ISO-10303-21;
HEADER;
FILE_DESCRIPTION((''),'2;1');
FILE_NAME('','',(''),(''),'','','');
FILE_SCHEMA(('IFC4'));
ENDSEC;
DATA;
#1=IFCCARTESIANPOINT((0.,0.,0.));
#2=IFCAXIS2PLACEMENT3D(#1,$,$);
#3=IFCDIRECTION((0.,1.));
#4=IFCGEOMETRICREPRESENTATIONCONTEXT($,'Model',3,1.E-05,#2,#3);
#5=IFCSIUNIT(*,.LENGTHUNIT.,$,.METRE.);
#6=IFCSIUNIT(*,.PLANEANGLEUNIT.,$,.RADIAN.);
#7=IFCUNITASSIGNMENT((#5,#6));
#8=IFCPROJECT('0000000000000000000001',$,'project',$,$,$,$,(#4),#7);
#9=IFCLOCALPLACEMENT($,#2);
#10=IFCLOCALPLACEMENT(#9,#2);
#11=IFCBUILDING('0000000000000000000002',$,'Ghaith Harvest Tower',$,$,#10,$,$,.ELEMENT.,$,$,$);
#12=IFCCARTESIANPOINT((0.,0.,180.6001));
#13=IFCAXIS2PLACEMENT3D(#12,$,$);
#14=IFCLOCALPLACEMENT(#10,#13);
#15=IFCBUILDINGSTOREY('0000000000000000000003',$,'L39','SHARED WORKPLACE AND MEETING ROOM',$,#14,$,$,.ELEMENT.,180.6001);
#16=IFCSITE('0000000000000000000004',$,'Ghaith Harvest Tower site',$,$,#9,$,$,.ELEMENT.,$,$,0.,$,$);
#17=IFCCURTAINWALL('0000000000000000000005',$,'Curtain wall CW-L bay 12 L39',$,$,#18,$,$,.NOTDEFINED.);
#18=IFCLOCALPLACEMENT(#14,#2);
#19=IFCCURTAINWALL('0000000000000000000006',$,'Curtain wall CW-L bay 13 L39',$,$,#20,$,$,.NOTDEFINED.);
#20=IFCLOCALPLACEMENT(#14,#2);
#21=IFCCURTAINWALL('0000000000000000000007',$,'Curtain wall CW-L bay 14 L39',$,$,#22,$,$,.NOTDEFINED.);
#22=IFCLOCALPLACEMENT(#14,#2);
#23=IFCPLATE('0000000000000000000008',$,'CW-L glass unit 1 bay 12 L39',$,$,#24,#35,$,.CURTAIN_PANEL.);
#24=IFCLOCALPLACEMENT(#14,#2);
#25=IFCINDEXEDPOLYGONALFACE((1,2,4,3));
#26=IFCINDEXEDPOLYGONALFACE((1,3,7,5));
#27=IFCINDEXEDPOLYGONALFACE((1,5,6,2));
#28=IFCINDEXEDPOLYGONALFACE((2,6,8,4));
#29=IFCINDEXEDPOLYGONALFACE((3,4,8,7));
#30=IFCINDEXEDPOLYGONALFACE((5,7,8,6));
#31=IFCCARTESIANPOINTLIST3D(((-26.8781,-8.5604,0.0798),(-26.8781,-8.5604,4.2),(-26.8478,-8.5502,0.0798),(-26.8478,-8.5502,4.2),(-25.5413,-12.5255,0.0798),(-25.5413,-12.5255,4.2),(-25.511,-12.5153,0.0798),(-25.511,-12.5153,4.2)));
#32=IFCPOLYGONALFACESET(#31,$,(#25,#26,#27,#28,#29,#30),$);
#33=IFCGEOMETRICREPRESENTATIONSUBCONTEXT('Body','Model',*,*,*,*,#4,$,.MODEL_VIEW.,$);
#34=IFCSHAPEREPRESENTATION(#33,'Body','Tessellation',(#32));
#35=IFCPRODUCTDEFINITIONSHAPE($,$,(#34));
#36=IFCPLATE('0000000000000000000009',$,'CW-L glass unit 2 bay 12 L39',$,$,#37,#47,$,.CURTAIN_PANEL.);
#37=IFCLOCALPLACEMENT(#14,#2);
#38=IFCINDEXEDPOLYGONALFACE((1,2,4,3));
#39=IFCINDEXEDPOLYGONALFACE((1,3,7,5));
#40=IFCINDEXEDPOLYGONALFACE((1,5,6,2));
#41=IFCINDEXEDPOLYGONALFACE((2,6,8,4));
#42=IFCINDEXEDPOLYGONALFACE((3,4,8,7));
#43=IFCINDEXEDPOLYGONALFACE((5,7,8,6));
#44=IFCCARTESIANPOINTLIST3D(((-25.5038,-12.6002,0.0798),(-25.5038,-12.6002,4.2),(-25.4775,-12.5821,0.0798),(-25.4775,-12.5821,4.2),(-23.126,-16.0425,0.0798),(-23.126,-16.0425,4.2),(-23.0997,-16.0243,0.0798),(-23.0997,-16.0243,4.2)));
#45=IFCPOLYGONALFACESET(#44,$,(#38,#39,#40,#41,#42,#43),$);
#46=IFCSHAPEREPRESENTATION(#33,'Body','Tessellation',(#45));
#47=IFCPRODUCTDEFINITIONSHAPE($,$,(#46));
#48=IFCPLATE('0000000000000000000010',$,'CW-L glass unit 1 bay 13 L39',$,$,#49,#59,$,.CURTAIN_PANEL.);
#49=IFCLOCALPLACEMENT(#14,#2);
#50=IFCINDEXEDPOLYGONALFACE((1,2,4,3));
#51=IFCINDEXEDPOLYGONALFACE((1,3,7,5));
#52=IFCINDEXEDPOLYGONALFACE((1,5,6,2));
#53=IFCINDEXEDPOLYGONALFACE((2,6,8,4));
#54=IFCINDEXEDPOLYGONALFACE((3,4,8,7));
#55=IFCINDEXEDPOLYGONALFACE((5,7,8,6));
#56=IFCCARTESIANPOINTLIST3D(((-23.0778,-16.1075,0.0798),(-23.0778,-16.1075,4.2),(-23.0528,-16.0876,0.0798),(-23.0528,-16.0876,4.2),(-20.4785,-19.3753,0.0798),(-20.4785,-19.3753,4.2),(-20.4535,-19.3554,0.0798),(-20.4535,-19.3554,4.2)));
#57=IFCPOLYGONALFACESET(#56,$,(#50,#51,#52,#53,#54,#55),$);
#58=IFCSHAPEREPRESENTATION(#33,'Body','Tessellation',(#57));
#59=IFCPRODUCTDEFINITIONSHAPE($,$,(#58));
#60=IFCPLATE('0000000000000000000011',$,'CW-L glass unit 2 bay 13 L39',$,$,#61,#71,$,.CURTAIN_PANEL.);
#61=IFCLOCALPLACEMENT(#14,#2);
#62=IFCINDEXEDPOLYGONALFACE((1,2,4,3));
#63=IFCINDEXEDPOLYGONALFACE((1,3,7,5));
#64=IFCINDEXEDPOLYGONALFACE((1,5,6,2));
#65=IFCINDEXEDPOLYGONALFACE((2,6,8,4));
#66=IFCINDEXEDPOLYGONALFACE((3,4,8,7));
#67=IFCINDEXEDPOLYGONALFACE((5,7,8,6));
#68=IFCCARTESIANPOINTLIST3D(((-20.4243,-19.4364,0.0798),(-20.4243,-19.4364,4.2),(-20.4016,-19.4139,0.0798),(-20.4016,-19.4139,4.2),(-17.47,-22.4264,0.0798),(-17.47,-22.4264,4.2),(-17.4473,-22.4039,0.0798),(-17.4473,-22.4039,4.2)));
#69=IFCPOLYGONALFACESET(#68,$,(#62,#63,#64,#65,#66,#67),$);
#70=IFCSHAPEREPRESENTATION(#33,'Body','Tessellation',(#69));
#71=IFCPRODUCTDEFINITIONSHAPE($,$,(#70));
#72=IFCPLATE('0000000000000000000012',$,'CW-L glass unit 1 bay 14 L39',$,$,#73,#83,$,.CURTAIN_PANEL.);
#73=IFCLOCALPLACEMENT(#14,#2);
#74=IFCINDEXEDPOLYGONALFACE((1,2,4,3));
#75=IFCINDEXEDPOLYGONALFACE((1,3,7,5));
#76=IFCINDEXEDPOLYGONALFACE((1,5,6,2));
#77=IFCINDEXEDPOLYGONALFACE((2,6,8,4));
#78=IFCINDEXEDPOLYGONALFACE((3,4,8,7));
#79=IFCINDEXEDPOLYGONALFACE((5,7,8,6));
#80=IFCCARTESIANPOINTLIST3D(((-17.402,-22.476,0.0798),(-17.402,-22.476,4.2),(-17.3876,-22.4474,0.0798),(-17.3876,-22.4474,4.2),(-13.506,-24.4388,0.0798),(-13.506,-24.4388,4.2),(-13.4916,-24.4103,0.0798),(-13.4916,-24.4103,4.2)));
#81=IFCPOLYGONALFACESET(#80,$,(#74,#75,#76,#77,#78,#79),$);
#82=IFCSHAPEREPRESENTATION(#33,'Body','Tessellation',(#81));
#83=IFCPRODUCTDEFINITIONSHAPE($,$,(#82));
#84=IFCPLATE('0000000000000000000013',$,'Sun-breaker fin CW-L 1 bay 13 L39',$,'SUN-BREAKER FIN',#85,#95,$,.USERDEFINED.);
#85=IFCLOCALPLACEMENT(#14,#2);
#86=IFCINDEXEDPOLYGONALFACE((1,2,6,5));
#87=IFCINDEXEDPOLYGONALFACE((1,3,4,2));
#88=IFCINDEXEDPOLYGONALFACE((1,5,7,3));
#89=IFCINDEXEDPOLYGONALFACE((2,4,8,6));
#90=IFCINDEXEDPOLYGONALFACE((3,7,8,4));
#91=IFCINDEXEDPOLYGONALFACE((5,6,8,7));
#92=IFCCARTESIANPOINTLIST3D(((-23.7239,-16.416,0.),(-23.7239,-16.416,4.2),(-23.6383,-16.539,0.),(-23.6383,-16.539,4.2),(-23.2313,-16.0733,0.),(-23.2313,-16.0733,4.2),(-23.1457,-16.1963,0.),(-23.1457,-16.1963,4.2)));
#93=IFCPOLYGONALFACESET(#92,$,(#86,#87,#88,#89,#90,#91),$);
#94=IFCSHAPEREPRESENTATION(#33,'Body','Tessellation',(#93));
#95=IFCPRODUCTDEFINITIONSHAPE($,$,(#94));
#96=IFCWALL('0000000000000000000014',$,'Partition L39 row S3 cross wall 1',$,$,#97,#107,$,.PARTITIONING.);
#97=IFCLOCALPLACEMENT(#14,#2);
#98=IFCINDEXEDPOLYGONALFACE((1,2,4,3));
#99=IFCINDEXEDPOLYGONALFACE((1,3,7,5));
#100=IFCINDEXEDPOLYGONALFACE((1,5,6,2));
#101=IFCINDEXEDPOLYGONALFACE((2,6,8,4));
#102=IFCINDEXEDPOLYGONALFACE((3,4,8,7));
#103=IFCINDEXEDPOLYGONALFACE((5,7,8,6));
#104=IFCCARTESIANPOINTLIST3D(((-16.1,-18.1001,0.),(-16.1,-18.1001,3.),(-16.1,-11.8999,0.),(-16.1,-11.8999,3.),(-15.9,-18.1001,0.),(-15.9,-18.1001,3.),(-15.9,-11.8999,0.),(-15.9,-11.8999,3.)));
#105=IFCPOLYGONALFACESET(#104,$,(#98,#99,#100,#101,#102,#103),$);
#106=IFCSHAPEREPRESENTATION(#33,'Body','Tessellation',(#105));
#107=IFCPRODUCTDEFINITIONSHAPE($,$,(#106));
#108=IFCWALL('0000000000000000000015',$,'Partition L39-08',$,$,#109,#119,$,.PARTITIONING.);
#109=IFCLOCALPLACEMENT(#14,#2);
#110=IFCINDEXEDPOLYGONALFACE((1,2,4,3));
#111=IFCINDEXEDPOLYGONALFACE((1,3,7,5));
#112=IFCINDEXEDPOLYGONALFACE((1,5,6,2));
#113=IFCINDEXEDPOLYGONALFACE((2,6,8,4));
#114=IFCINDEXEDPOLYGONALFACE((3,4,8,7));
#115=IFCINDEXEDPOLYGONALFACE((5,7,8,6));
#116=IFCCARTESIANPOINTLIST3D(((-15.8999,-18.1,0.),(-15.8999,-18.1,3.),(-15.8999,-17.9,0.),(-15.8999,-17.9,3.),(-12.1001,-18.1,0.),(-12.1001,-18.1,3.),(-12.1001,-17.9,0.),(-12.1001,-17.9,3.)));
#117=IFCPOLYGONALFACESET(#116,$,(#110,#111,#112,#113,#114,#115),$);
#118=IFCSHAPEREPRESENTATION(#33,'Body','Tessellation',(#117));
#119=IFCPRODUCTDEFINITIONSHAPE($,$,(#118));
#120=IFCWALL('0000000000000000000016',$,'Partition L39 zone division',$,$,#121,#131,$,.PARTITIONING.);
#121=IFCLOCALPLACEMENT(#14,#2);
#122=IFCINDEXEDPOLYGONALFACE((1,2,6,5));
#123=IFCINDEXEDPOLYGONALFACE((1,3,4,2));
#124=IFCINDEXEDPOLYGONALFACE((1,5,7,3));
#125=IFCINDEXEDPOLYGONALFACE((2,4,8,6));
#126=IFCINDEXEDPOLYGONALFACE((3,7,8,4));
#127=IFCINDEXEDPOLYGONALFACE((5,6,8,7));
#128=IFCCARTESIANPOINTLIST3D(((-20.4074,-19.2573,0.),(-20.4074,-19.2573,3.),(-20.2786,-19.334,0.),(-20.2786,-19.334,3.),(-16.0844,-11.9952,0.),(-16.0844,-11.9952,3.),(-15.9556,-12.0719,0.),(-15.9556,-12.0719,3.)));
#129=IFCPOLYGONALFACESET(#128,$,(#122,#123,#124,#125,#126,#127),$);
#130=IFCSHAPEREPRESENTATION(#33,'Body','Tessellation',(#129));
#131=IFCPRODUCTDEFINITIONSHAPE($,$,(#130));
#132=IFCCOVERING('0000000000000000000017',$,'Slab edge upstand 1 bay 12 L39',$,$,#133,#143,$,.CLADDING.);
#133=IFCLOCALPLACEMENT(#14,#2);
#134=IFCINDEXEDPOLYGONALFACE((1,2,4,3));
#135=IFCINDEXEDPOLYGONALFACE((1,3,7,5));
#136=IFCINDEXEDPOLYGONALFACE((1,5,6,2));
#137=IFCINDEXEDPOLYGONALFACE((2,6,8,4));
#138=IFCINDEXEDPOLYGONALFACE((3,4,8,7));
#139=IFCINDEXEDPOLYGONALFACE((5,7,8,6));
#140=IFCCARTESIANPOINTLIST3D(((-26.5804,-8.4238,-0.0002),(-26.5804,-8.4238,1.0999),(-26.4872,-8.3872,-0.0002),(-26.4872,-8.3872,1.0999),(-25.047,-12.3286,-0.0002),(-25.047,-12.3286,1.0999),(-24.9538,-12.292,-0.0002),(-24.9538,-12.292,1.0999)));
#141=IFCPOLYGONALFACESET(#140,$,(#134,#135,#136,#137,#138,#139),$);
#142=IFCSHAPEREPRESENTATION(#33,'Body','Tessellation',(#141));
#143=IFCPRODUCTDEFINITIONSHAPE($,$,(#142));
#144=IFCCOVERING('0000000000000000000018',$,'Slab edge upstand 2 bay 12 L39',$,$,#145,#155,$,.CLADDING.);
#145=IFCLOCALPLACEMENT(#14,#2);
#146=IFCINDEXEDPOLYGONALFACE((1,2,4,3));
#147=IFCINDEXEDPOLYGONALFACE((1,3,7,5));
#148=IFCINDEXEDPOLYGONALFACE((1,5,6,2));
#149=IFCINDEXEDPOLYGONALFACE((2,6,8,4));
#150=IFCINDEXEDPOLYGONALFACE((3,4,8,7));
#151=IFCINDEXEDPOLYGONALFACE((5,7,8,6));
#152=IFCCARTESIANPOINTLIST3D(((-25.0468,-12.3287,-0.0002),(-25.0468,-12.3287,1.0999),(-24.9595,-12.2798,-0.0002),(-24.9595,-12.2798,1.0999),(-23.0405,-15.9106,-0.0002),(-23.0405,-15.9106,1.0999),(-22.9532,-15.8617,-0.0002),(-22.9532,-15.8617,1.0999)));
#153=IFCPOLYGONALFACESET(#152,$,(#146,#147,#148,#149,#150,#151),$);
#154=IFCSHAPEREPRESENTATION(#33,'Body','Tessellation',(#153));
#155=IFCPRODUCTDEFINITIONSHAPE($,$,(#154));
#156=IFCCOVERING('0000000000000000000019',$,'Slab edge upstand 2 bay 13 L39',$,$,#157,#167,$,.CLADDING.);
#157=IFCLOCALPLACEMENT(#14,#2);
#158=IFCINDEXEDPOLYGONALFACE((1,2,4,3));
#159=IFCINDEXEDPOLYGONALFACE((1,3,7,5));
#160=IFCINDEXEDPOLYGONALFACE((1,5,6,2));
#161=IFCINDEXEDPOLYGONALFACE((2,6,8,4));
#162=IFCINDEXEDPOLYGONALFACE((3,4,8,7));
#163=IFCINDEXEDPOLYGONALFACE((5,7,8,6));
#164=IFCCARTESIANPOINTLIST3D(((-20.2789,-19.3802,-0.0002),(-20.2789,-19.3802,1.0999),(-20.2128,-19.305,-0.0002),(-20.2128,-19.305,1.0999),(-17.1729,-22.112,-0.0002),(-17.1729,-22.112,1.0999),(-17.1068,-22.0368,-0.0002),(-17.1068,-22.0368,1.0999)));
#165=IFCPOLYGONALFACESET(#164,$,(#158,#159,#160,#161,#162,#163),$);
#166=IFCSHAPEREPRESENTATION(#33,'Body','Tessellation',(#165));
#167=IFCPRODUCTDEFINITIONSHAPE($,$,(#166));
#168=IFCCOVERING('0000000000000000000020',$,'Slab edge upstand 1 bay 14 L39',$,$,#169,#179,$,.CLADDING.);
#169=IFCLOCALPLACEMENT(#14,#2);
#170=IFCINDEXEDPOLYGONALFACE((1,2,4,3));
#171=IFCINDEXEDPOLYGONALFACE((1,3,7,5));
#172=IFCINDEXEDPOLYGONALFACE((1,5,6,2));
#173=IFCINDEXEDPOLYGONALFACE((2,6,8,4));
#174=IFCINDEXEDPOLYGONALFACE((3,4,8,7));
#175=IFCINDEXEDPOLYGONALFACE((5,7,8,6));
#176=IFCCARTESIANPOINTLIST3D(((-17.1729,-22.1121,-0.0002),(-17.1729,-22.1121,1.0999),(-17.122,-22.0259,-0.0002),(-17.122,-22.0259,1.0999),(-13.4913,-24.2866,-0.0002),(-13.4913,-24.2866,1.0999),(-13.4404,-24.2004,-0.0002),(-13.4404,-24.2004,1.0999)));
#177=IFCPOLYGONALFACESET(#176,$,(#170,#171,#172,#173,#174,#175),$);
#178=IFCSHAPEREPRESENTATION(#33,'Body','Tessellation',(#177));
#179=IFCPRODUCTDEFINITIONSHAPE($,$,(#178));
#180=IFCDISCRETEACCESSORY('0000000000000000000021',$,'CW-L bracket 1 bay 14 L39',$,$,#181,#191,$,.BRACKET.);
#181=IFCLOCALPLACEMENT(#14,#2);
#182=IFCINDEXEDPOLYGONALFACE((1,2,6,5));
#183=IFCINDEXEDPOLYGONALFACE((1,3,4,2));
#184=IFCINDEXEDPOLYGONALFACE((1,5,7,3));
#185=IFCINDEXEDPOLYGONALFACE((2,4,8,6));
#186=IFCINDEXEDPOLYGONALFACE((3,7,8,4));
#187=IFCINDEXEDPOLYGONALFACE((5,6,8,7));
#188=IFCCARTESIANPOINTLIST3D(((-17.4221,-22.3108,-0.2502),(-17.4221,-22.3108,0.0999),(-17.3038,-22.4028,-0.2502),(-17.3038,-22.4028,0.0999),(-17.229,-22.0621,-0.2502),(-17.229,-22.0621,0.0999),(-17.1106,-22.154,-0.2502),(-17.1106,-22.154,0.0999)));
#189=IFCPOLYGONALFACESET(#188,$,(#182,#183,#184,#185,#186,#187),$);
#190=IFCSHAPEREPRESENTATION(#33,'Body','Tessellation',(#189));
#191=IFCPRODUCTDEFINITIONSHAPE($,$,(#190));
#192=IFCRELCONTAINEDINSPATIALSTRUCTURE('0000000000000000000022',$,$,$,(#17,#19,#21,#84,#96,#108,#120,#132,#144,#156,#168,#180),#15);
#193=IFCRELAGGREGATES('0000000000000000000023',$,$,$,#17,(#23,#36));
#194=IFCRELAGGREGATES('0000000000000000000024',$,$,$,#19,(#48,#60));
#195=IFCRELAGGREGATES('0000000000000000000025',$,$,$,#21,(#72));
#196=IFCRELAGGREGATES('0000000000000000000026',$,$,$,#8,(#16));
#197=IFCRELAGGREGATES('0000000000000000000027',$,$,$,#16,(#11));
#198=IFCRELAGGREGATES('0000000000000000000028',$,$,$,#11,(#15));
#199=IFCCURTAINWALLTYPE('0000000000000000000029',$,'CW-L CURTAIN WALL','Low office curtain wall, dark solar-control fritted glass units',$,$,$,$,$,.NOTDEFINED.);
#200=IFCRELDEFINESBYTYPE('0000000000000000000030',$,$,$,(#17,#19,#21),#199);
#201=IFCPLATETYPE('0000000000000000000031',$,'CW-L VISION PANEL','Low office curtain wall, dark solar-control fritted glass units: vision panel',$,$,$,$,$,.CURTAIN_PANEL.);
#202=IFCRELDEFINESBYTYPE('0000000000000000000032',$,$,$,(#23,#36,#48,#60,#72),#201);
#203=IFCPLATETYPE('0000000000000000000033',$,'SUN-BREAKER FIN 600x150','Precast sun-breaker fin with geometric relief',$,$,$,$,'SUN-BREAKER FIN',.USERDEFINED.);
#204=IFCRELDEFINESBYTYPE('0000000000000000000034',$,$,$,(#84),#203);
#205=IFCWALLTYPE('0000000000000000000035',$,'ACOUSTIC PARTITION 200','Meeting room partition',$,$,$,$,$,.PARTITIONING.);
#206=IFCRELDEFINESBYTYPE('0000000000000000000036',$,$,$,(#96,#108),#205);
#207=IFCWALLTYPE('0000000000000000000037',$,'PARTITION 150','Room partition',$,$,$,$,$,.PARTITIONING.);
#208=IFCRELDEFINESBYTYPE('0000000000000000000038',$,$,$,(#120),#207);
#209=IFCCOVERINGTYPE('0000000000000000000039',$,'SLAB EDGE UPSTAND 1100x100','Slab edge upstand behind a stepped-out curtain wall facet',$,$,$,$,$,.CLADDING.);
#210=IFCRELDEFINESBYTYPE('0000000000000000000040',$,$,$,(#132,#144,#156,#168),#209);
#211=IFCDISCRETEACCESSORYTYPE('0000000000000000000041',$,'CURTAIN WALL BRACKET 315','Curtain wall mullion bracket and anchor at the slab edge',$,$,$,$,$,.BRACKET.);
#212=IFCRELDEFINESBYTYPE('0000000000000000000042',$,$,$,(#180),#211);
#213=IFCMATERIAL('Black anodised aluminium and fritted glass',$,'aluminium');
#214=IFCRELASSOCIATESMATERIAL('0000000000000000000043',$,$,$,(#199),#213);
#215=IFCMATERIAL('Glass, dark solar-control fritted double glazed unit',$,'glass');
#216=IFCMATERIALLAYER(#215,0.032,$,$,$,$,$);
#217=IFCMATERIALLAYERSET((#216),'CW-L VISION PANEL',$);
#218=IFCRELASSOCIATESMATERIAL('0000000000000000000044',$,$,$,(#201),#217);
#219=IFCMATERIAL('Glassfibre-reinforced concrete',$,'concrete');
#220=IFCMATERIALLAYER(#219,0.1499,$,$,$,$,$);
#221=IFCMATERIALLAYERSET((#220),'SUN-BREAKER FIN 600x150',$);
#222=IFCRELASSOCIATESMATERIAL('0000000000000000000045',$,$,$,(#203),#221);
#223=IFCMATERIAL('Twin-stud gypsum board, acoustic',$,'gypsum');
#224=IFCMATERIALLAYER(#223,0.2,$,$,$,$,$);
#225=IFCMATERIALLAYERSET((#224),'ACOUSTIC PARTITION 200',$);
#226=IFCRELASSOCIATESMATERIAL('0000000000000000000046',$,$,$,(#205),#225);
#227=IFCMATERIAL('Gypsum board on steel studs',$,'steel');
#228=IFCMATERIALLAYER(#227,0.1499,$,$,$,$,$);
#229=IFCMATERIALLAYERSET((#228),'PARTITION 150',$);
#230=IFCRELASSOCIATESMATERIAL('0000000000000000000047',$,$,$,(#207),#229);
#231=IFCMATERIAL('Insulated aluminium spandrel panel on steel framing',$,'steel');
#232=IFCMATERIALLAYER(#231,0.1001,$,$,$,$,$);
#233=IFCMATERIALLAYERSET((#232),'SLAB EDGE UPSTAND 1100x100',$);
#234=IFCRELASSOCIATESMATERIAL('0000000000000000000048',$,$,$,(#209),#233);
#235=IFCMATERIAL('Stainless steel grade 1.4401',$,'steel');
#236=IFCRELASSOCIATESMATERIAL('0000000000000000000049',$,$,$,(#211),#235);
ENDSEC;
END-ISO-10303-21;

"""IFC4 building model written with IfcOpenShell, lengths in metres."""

from ifc_helpers import new_model, si_unit, direction, frame, frame_2d, origin, origin_2d, place, context, subcontext, project, spatial, rectangle, extrude, material, layer, layer_set, type_object, element, aggregate, save


model = new_model("IFC4")

# Units and contexts
model_context = context("Model", 3, precision=1e-05, world=origin(), true_north=direction((0.0, 1.0)))
body_context = subcontext(model_context, "Body", "Model", "MODEL_VIEW")
ifc_project = project(units=[si_unit("LENGTHUNIT", "METRE"), si_unit("PLANEANGLEUNIT", "RADIAN")], contexts=[model_context])

# Site, building, storey
site_placement = place(None, origin())
site = spatial("IfcSite", under=ifc_project, at=site_placement, Name="Ghaith Harvest Tower site", CompositionType="ELEMENT", RefElevation=0.0)
building_placement = place(site_placement, origin())
building = spatial("IfcBuilding", under=site, at=building_placement, Name="Ghaith Harvest Tower", CompositionType="ELEMENT")
storey_placement = place(building_placement, frame((0.0, 0.0, 180.6001)))
storey = spatial("IfcBuildingStorey", under=building, at=storey_placement, Name="L39", Description="SHARED WORKPLACE AND MEETING ROOM", CompositionType="ELEMENT", Elevation=180.6001)

# Curtain wall
ifc_material_1 = material(Name="Black anodised aluminium and fritted glass", Category="aluminium")
curtain_wall_type = type_object("IfcCurtainWallType", Name="CW-L CURTAIN WALL", Description="Low office curtain wall, dark solar-control fritted glass units", PredefinedType="NOTDEFINED", material=ifc_material_1)
curtain_wall_1_placement = place(storey_placement, origin())
curtain_wall_1 = element("IfcCurtainWall", 1, at=curtain_wall_1_placement, inside=storey, type_object=curtain_wall_type, Name="Curtain wall CW-L bay 12 L39", PredefinedType="NOTDEFINED")

# Curtain wall
curtain_wall_2_placement = place(storey_placement, origin())
curtain_wall_2 = element("IfcCurtainWall", 2, at=curtain_wall_2_placement, inside=storey, type_object=curtain_wall_type, Name="Curtain wall CW-L bay 13 L39", PredefinedType="NOTDEFINED")

# Curtain wall
curtain_wall_3_placement = place(storey_placement, origin())
curtain_wall_3 = element("IfcCurtainWall", 3, at=curtain_wall_3_placement, inside=storey, type_object=curtain_wall_type, Name="Curtain wall CW-L bay 14 L39", PredefinedType="NOTDEFINED")

# Plates
ifc_material_2 = material(Name="Glass, dark solar-control fritted double glazed unit", Category="glass")
ifc_layer_1 = layer(ifc_material_2, 0.032)
ifc_layer_set_1 = layer_set([ifc_layer_1], Name="CW-L VISION PANEL")
plate_type_1 = type_object("IfcPlateType", Name="CW-L VISION PANEL", Description="Low office curtain wall, dark solar-control fritted glass units: vision panel", PredefinedType="CURTAIN_PANEL", material=ifc_layer_set_1)
plate_1_placement = place(storey_placement, frame((-26.1946, -10.5378, 0.0798), z_axis=(0.0, 0.0, 1.0), x_axis=(0.319477, -0.947594, 0.0)))
plate_1 = element("IfcPlate", 4, at=plate_1_placement, type_object=plate_type_1, Name="CW-L glass unit 1 bay 12 L39", PredefinedType="CURTAIN_PANEL", context=body_context, shape_type="SweptSolid", body=[
    extrude(rectangle(XDim=4.1843, YDim=0.032, at=origin_2d()), origin(), (0.0, 0.0, 1.0), 4.1201),
])
plate_2_placement = place(storey_placement, frame((-24.3018, -14.3123, 0.0798), z_axis=(0.0, 0.0, 1.0), x_axis=(0.568348, -0.822788, 0.0)))
plate_2 = element("IfcPlate", 5, at=plate_2_placement, type_object=plate_type_1, Name="CW-L glass unit 2 bay 12 L39", PredefinedType="CURTAIN_PANEL", context=body_context, shape_type="SweptSolid", body=[
    extrude(rectangle(XDim=4.1836, YDim=0.032, at=origin_2d()), origin(), (0.0, 0.0, 1.0), 4.1201),
])
aggregate(curtain_wall_1, [plate_1, plate_2])
plate_3_placement = place(storey_placement, frame((-21.7656, -17.7314, 0.0798), z_axis=(0.0, 0.0, 1.0), x_axis=(0.622507, -0.782614, 0.0)))
plate_3 = element("IfcPlate", 6, at=plate_3_placement, type_object=plate_type_1, Name="CW-L glass unit 1 bay 13 L39", PredefinedType="CURTAIN_PANEL", context=body_context, shape_type="SweptSolid", body=[
    extrude(rectangle(XDim=4.1755, YDim=0.032, at=origin_2d()), origin(), (0.0, 0.0, 1.0), 4.1201),
])
plate_4_placement = place(storey_placement, frame((-18.9358, -20.9202, 0.0798), z_axis=(0.0, 0.0, 1.0), x_axis=(0.702843, -0.711345, 0.0)))
plate_4 = element("IfcPlate", 7, at=plate_4_placement, type_object=plate_type_1, Name="CW-L glass unit 2 bay 13 L39", PredefinedType="CURTAIN_PANEL", context=body_context, shape_type="SweptSolid", body=[
    extrude(rectangle(XDim=4.2034, YDim=0.032, at=origin_2d()), origin(), (0.0, 0.0, 1.0), 4.1201),
])
aggregate(curtain_wall_2, [plate_3, plate_4])
plate_5_placement = place(storey_placement, frame((-15.4468, -23.4431, 0.0798), z_axis=(0.0, 0.0, 1.0), x_axis=(0.893062, -0.449933, 0.0)))
plate_5 = element("IfcPlate", 8, at=plate_5_placement, type_object=plate_type_1, Name="CW-L glass unit 1 bay 14 L39", PredefinedType="CURTAIN_PANEL", context=body_context, shape_type="SweptSolid", body=[
    extrude(rectangle(XDim=4.3625, YDim=0.032, at=origin_2d()), origin(), (0.0, 0.0, 1.0), 4.1201),
])
aggregate(curtain_wall_3, [plate_5])
ifc_material_3 = material(Name="Glassfibre-reinforced concrete", Category="concrete")
ifc_layer_2 = layer(ifc_material_3, 0.1499)
ifc_layer_set_2 = layer_set([ifc_layer_2], Name="SUN-BREAKER FIN 600x150")
plate_type_2 = type_object("IfcPlateType", Name="SUN-BREAKER FIN 600x150", Description="Precast sun-breaker fin with geometric relief", ElementType="SUN-BREAKER FIN", PredefinedType="USERDEFINED", material=ifc_layer_set_2)
plate_6_placement = place(storey_placement, frame((-23.4348, -16.3062, 0.0), z_axis=(0.0, 0.0, 1.0), x_axis=(-0.820845, -0.57115, 0.0)))
element("IfcPlate", 9, at=plate_6_placement, inside=storey, type_object=plate_type_2, Name="Sun-breaker fin CW-L 1 bay 13 L39", ObjectType="SUN-BREAKER FIN", PredefinedType="USERDEFINED", context=body_context, shape_type="SweptSolid", body=[
    extrude(rectangle(XDim=0.6001, YDim=0.1499, at=origin_2d()), origin(), (0.0, 0.0, 1.0), 4.2),
])

# Wall
ifc_material_4 = material(Name="Twin-stud gypsum board, acoustic", Category="gypsum")
ifc_layer_3 = layer(ifc_material_4, 0.2)
ifc_layer_set_3 = layer_set([ifc_layer_3], Name="ACOUSTIC PARTITION 200")
wall_type_1 = type_object("IfcWallType", Name="ACOUSTIC PARTITION 200", Description="Meeting room partition", PredefinedType="PARTITIONING", material=ifc_layer_set_3)
wall_1_placement = place(storey_placement, frame((-16.0, -11.8999, 0.0), z_axis=(0.0, 0.0, 1.0), x_axis=(0.0, -1.0, 0.0)))
element("IfcWall", 10, at=wall_1_placement, inside=storey, type_object=wall_type_1, Name="Partition L39 row S3 cross wall 1", PredefinedType="PARTITIONING", context=body_context, shape_type="SweptSolid", body=[
    extrude(rectangle(XDim=6.2002, YDim=0.2, at=frame_2d((3.1001, 0.0))), origin(), (0.0, 0.0, 1.0), 3.0),
])

# Wall
wall_2_placement = place(storey_placement, frame((-15.8999, -18.0, 0.0), z_axis=(0.0, 0.0, 1.0), x_axis=(1.0, 0.0, 0.0)))
element("IfcWall", 11, at=wall_2_placement, inside=storey, type_object=wall_type_1, Name="Partition L39-08", PredefinedType="PARTITIONING", context=body_context, shape_type="SweptSolid", body=[
    extrude(rectangle(XDim=3.7998, YDim=0.2, at=frame_2d((1.8999, 0.0))), origin(), (0.0, 0.0, 1.0), 3.0),
])

# Wall
ifc_material_5 = material(Name="Gypsum board on steel studs", Category="steel")
ifc_layer_4 = layer(ifc_material_5, 0.1499)
ifc_layer_set_4 = layer_set([ifc_layer_4], Name="PARTITION 150")
wall_type_2 = type_object("IfcWallType", Name="PARTITION 150", Description="Room partition", PredefinedType="PARTITIONING", material=ifc_layer_set_4)
wall_3_placement = place(storey_placement, frame((-16.02, -12.0337, 0.0), z_axis=(0.0, 0.0, 1.0), x_axis=(-0.511519, -0.859272, 0.0)))
element("IfcWall", 12, at=wall_3_placement, inside=storey, type_object=wall_type_2, Name="Partition L39 zone division", PredefinedType="PARTITIONING", context=body_context, shape_type="SweptSolid", body=[
    extrude(rectangle(XDim=8.4514, YDim=0.1499, at=frame_2d((4.2256, 0.0))), origin(), (0.0, 0.0, 1.0), 3.0),
])

# Coverings
ifc_material_6 = material(Name="Insulated aluminium spandrel panel on steel framing", Category="steel")
ifc_layer_5 = layer(ifc_material_6, 0.1001)
ifc_layer_set_5 = layer_set([ifc_layer_5], Name="SLAB EDGE UPSTAND 1100x100")
covering_type = type_object("IfcCoveringType", Name="SLAB EDGE UPSTAND 1100x100", Description="Slab edge upstand behind a stepped-out curtain wall facet", PredefinedType="CLADDING", material=ifc_layer_set_5)
covering_1_placement = place(storey_placement, frame((-25.7671, -10.3579, -0.0002), z_axis=(0.0, 0.0, 1.0), x_axis=(0.365515, -0.930805, 0.0)))
element("IfcCovering", 13, at=covering_1_placement, inside=storey, type_object=covering_type, Name="Slab edge upstand 1 bay 12 L39", PredefinedType="CLADDING", context=body_context, shape_type="SweptSolid", body=[
    extrude(rectangle(XDim=4.1951, YDim=0.1001, at=origin_2d()), origin(), (0.0, 0.0, 1.0), 1.1001),
])
covering_2_placement = place(storey_placement, frame((-24.0, -14.0952, -0.0002), z_axis=(0.0, 0.0, 1.0), x_axis=(0.488684, -0.872461, 0.0)))
element("IfcCovering", 14, at=covering_2_placement, inside=storey, type_object=covering_type, Name="Slab edge upstand 2 bay 12 L39", PredefinedType="CLADDING", context=body_context, shape_type="SweptSolid", body=[
    extrude(rectangle(XDim=4.1055, YDim=0.1001, at=origin_2d()), origin(), (0.0, 0.0, 1.0), 1.1001),
])
covering_3_placement = place(storey_placement, frame((-18.6929, -20.7085, -0.0002), z_axis=(0.0, 0.0, 1.0), x_axis=(0.750892, -0.660425, 0.0)))
element("IfcCovering", 15, at=covering_3_placement, inside=storey, type_object=covering_type, Name="Slab edge upstand 2 bay 13 L39", PredefinedType="CLADDING", context=body_context, shape_type="SweptSolid", body=[
    extrude(rectangle(XDim=4.1365, YDim=0.1001, at=origin_2d()), origin(), (0.0, 0.0, 1.0), 1.1001),
])
covering_4_placement = place(storey_placement, frame((-15.3066, -23.1562, -0.0002), z_axis=(0.0, 0.0, 1.0), x_axis=(0.861021, -0.50857, 0.0)))
element("IfcCovering", 16, at=covering_4_placement, inside=storey, type_object=covering_type, Name="Slab edge upstand 1 bay 14 L39", PredefinedType="CLADDING", context=body_context, shape_type="SweptSolid", body=[
    extrude(rectangle(XDim=4.2759, YDim=0.1001, at=origin_2d()), origin(), (0.0, 0.0, 1.0), 1.1001),
])

# Discrete accessory
ifc_material_7 = material(Name="Stainless steel grade 1.4401", Category="steel")
discrete_accessory_type_1 = type_object("IfcDiscreteAccessoryType", Name="CURTAIN WALL BRACKET 315", Description="Curtain wall mullion bracket and anchor at the slab edge", PredefinedType="BRACKET", material=ifc_material_7)
discrete_accessory_1_placement = place(storey_placement, frame((-17.2664, -22.2324, -0.2502), z_axis=(0.0, 0.0, 1.0), x_axis=(-0.613378, -0.78979, 0.0)))
element("IfcDiscreteAccessory", 17, at=discrete_accessory_1_placement, inside=storey, type_object=discrete_accessory_type_1, Name="CW-L bracket 1 bay 14 L39", PredefinedType="BRACKET", context=body_context, shape_type="SweptSolid", body=[
    extrude(rectangle(XDim=0.3149, YDim=0.1499, at=origin_2d()), origin(), (0.0, 0.0, 1.0), 0.3501),
])

save(model, "model.ifc")
